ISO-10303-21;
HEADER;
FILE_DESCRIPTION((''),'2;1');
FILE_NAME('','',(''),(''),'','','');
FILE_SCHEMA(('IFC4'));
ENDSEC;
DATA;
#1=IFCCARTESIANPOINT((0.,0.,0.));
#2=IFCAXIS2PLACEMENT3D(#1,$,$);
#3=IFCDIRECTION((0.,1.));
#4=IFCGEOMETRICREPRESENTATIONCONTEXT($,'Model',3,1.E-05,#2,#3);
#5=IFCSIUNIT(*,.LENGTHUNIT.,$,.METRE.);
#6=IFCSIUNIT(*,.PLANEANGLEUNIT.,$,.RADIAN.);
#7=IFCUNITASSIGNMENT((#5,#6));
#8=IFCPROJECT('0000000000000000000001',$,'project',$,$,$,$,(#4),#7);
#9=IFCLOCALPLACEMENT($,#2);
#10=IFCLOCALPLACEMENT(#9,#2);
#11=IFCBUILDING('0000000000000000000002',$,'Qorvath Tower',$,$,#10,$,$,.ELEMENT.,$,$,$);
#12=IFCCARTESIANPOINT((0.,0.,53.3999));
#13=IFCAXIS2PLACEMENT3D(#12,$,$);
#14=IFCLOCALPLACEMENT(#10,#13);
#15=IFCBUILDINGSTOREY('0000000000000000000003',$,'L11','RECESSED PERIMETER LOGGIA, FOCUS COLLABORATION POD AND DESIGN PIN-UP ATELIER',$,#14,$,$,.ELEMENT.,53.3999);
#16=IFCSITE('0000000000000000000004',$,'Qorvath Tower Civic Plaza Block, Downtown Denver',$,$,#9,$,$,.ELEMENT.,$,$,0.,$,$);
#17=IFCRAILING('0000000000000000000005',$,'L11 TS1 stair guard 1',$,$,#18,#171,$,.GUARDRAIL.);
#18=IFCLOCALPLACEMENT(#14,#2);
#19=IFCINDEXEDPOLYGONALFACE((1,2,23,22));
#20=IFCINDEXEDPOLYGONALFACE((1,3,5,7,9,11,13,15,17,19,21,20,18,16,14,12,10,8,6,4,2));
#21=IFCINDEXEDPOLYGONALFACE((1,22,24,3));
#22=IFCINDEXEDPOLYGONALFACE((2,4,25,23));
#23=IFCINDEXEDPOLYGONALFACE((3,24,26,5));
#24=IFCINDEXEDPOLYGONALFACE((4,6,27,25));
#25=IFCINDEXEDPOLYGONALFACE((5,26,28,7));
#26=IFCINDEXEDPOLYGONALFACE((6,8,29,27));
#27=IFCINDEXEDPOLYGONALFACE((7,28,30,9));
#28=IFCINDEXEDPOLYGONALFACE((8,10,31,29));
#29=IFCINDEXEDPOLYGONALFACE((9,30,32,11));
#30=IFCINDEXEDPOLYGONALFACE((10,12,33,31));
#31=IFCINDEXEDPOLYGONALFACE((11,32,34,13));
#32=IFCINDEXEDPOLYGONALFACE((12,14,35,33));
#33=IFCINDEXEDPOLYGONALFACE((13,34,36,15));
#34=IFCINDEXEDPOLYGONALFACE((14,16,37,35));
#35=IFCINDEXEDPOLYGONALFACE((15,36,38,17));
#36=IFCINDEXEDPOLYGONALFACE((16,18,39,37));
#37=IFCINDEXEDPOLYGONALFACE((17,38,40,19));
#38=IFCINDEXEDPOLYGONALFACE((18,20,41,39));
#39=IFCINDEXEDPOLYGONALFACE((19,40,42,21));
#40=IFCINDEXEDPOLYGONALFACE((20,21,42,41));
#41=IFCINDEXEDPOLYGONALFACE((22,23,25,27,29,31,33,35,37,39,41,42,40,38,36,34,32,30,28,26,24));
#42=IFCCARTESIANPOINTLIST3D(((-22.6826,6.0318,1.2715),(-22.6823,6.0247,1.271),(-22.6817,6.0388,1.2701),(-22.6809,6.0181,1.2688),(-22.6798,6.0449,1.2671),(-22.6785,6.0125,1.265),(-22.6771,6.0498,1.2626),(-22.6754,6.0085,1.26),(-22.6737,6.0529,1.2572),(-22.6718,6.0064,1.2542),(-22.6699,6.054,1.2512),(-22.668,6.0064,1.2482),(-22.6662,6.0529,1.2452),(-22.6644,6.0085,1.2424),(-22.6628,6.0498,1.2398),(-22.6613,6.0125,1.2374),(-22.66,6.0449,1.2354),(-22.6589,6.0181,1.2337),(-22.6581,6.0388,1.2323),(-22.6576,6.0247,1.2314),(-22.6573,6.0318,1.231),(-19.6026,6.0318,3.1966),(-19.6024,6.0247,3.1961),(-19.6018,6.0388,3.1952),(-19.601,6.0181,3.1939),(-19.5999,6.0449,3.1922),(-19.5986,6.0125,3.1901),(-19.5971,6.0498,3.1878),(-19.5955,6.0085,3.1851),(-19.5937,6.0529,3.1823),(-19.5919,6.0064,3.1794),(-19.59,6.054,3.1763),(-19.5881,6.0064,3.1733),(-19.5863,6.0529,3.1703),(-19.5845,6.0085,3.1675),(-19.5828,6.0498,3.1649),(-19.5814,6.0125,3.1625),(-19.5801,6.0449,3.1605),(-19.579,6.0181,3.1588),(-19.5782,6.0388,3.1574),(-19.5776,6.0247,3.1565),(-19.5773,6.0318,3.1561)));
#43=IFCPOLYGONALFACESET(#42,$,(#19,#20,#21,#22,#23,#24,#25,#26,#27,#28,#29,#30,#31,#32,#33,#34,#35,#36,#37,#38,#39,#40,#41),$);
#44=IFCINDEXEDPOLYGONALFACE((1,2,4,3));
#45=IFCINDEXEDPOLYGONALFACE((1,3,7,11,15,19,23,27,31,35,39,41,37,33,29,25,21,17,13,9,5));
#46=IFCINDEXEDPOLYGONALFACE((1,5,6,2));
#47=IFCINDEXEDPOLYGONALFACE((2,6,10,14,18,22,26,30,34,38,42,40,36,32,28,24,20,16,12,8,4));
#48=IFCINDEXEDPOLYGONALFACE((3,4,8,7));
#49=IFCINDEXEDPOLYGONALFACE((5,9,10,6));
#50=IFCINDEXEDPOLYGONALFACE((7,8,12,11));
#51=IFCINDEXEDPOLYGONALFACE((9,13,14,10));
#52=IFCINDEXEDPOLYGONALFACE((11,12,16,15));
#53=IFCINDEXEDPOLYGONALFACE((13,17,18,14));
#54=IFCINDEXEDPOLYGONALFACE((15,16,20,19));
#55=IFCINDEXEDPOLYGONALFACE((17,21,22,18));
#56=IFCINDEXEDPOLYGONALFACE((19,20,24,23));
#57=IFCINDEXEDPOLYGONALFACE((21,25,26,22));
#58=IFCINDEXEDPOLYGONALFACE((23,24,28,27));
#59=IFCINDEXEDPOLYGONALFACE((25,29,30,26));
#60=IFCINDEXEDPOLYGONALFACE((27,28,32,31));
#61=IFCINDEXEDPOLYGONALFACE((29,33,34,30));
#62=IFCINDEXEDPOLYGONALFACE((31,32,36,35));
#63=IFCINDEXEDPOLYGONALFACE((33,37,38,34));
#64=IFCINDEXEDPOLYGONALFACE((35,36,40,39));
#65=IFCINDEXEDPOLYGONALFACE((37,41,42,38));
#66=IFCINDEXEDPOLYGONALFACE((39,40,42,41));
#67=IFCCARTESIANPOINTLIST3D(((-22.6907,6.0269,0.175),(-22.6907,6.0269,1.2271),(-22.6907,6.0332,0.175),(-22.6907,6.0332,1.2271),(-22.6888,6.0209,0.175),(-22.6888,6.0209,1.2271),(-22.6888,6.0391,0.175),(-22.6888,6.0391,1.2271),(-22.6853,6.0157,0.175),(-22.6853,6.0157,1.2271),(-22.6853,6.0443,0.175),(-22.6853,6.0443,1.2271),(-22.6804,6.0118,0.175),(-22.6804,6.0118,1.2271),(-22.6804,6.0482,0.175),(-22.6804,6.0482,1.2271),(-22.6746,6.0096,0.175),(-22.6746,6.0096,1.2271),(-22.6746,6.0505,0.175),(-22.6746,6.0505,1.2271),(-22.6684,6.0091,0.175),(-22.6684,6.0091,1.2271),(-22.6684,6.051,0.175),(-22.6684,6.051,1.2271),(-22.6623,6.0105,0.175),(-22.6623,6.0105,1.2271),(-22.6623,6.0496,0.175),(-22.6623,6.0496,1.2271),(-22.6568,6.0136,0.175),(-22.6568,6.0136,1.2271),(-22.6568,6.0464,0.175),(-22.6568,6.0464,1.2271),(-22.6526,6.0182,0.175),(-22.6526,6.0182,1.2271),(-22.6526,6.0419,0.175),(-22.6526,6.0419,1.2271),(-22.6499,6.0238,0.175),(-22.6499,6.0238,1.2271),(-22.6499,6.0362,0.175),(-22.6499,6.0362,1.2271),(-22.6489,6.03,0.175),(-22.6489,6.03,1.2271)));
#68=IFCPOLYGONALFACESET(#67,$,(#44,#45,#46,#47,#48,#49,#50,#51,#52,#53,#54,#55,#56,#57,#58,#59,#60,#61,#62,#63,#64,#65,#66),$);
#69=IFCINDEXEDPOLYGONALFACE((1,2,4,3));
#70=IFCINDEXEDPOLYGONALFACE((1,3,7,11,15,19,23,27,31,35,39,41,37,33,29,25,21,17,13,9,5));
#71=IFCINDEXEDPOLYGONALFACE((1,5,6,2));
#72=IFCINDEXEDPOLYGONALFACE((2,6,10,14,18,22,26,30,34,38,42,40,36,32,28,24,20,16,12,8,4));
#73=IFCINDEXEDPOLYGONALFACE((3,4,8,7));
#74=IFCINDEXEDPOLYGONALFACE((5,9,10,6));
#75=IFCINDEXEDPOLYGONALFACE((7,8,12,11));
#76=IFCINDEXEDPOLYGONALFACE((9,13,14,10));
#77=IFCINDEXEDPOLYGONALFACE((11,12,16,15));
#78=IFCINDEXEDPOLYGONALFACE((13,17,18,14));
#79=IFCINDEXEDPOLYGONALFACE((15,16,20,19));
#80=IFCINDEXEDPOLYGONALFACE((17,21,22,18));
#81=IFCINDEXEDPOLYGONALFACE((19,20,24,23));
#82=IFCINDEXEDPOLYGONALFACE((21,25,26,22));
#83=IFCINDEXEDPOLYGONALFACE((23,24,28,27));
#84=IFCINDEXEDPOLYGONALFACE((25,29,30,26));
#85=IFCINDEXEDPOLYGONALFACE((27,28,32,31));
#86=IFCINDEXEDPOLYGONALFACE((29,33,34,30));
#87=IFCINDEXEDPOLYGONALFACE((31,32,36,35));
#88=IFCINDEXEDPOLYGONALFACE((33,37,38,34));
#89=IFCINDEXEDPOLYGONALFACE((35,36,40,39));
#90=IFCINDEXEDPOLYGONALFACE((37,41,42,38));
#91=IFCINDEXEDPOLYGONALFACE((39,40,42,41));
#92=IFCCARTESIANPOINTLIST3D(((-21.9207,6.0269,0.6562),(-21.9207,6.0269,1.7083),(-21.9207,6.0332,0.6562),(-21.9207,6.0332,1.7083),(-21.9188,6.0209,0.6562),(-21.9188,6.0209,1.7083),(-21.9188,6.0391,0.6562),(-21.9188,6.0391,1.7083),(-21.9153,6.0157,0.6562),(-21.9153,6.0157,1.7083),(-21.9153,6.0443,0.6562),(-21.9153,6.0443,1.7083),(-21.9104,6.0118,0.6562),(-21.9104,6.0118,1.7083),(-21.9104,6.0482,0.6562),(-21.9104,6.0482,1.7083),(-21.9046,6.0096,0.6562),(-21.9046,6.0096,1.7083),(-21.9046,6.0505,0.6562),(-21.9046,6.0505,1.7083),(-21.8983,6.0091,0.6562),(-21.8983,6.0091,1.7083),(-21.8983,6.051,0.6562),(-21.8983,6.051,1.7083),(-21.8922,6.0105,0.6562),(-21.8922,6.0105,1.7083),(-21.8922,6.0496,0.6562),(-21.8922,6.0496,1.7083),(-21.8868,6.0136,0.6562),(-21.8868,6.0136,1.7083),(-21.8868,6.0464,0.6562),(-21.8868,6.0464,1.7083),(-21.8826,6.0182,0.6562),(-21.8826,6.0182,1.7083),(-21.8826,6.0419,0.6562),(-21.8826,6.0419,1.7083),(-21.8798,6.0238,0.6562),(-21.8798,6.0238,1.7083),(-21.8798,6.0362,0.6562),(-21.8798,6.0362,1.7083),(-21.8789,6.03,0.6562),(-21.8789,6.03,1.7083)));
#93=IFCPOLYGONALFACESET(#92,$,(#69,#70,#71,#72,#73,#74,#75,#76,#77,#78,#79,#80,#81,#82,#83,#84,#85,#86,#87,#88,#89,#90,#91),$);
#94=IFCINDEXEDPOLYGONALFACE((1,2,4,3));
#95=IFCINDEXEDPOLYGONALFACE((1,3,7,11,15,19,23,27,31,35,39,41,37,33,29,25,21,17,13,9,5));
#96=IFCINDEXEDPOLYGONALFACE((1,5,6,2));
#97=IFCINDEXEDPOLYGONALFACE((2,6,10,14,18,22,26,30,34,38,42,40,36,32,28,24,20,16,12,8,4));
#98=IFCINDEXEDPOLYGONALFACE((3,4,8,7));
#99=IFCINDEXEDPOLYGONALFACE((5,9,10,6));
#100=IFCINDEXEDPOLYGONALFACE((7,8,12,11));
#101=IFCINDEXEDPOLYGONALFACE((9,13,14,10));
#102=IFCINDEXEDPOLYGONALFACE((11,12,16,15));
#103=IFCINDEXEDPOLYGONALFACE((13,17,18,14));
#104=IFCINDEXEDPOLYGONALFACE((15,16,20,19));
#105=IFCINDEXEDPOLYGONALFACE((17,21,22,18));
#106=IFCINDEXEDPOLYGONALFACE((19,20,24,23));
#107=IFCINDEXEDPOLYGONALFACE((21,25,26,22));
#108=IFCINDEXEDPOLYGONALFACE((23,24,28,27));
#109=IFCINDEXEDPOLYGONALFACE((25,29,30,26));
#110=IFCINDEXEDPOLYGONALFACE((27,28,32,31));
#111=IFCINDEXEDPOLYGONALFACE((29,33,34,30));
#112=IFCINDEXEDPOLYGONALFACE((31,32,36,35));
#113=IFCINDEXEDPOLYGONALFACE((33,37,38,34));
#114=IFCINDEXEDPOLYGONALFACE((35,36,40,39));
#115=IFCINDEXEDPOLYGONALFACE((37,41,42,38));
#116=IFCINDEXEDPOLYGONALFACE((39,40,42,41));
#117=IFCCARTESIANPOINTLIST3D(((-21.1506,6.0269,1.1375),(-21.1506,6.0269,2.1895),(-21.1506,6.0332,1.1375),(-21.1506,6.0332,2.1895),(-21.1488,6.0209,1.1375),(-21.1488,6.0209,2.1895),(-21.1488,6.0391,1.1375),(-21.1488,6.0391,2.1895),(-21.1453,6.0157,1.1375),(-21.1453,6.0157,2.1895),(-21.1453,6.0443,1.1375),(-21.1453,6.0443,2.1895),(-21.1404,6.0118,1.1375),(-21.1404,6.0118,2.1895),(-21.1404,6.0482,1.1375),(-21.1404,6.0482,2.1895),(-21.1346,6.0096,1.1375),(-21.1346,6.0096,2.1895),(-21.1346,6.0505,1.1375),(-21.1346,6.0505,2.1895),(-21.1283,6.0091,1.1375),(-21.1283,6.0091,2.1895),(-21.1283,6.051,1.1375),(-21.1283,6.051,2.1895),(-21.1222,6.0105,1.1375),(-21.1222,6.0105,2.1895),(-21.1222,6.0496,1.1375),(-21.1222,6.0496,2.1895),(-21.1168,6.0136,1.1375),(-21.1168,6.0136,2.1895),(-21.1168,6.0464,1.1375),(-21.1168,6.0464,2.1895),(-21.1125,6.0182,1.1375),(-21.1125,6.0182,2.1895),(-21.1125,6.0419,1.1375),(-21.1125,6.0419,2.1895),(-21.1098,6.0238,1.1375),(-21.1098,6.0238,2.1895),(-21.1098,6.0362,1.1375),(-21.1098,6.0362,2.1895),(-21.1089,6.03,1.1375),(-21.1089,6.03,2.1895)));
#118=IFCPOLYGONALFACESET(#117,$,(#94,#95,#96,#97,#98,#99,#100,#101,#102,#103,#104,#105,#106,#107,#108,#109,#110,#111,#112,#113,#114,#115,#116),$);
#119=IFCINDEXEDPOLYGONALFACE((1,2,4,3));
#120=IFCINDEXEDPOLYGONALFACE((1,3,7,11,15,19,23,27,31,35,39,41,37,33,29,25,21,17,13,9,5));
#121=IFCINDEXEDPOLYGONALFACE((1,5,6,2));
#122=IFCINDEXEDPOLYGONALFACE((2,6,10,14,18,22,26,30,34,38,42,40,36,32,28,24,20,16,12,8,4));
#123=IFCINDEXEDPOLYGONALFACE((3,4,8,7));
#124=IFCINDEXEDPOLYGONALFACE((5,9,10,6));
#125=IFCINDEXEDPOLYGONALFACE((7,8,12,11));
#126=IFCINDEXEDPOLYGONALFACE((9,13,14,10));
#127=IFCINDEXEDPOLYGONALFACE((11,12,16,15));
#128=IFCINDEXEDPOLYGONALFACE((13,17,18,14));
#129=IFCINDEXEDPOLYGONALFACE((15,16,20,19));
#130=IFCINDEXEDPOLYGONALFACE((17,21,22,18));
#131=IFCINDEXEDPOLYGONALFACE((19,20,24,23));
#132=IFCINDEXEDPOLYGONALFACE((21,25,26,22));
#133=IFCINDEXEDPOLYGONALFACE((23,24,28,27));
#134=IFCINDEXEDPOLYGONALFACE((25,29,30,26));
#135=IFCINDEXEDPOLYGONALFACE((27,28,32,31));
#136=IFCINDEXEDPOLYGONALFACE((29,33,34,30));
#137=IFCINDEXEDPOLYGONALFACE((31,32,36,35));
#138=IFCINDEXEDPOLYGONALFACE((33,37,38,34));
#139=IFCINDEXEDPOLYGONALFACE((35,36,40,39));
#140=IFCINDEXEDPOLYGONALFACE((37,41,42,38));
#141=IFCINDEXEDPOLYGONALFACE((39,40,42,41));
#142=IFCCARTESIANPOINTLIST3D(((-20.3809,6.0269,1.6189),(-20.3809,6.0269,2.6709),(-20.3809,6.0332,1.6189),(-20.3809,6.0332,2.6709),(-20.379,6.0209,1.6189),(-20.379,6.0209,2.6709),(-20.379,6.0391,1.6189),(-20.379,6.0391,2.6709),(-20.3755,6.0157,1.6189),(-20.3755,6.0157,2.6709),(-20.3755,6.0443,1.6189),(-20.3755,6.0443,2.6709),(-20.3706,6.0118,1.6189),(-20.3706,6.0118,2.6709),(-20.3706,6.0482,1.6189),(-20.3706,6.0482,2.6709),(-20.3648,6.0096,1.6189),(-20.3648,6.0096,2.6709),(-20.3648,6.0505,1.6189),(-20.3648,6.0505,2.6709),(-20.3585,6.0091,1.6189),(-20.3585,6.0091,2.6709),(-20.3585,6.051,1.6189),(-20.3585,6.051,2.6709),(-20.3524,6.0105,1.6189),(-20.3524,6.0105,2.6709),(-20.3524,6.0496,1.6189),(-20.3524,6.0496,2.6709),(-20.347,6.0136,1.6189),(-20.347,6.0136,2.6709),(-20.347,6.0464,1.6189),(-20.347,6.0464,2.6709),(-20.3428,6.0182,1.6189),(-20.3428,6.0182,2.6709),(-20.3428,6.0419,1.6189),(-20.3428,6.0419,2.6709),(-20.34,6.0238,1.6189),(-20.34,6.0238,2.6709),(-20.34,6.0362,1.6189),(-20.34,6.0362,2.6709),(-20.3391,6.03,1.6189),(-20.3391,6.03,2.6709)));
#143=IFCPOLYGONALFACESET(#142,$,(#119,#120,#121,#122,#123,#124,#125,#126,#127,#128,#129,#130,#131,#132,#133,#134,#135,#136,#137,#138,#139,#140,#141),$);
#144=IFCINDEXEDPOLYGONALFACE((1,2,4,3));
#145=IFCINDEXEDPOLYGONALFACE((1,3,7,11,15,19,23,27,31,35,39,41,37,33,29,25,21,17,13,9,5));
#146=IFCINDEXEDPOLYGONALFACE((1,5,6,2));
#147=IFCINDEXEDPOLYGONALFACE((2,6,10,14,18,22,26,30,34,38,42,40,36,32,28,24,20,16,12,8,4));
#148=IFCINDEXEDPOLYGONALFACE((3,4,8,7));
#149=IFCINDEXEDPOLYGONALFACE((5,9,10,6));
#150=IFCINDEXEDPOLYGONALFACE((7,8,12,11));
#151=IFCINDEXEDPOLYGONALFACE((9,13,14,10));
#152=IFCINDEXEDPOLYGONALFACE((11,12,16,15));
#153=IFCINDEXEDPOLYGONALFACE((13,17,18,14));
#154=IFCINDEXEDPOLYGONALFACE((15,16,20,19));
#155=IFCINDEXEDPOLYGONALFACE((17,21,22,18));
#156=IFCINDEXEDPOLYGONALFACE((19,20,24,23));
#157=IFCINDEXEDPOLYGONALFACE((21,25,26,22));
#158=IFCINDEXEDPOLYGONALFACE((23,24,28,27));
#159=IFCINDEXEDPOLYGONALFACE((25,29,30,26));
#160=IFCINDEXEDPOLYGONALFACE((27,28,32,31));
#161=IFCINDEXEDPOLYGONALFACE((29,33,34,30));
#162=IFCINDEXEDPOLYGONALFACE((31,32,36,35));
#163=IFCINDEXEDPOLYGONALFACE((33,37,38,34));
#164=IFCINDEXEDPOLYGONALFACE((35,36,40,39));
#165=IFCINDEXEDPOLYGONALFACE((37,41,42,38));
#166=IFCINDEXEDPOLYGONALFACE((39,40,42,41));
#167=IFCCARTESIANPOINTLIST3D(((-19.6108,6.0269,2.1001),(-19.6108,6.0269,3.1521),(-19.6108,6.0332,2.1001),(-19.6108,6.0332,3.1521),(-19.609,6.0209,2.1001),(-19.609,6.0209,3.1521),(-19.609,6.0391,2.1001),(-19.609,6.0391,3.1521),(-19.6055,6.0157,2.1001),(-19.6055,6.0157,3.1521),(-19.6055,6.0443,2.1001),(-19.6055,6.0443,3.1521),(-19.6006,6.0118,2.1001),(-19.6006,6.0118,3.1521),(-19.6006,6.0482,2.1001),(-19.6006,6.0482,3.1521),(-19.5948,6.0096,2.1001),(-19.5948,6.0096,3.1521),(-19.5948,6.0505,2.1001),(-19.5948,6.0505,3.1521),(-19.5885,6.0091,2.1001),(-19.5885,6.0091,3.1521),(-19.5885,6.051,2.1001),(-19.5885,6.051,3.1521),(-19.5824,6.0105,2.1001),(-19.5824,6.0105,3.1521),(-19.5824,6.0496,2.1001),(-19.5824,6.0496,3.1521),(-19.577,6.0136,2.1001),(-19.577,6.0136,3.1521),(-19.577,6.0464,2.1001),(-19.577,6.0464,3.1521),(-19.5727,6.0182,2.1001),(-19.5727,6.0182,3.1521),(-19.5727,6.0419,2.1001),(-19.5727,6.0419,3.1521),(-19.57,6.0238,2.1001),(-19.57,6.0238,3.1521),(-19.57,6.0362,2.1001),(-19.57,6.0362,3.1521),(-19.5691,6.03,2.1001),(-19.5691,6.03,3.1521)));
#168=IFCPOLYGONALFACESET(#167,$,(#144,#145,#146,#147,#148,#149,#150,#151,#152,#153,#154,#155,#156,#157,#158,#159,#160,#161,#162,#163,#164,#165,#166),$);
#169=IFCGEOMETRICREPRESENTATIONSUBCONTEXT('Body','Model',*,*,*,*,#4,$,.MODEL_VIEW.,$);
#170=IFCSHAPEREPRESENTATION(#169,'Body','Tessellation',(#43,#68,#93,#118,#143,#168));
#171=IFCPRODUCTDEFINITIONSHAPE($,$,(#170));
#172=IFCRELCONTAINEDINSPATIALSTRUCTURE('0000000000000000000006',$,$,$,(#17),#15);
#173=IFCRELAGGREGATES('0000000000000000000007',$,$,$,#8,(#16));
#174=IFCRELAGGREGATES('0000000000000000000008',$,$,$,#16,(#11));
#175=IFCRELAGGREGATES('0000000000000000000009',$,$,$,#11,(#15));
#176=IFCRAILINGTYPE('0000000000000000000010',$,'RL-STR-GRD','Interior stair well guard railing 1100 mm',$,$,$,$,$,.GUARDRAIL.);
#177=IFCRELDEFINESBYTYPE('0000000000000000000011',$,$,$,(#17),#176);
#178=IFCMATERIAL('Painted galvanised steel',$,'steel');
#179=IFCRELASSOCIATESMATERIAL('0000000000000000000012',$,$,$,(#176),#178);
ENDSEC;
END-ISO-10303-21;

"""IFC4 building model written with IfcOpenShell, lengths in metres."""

from ifc_helpers import new_model, si_unit, direction, frame, origin, origin_2d, place, context, subcontext, project, spatial, circle, extrude, material, type_object, element, save


model = new_model("IFC4")

# Units and contexts
model_context = context("Model", 3, precision=1e-05, world=origin(), true_north=direction((0.0, 1.0)))
body_context = subcontext(model_context, "Body", "Model", "MODEL_VIEW")
ifc_project = project(units=[si_unit("LENGTHUNIT", "METRE"), si_unit("PLANEANGLEUNIT", "RADIAN")], contexts=[model_context])

# Site, building, storey
site_placement = place(None, origin())
site = spatial("IfcSite", under=ifc_project, at=site_placement, Name="Qorvath Tower Civic Plaza Block, Downtown Denver", CompositionType="ELEMENT", RefElevation=0.0)
building_placement = place(site_placement, origin())
building = spatial("IfcBuilding", under=site, at=building_placement, Name="Qorvath Tower", CompositionType="ELEMENT")
storey_placement = place(building_placement, frame((0.0, 0.0, 53.3999)))
storey = spatial("IfcBuildingStorey", under=building, at=storey_placement, Name="L11", Description="RECESSED PERIMETER LOGGIA, FOCUS COLLABORATION POD AND DESIGN PIN-UP ATELIER", CompositionType="ELEMENT", Elevation=53.3999)

# Railing
ifc_material_1 = material(Name="Painted galvanised steel", Category="steel")
railing_type_1 = type_object("IfcRailingType", Name="RL-STR-GRD", Description="Interior stair well guard railing 1100 mm", PredefinedType="GUARDRAIL", material=ifc_material_1)
railing_1_placement = place(storey_placement, frame((-22.6699, 6.03, 0.175)))
element("IfcRailing", 1, at=railing_1_placement, inside=storey, type_object=railing_type_1, Name="L11 TS1 stair guard 1", PredefinedType="GUARDRAIL", context=body_context, shape_type="SweptSolid", body=[
    extrude(circle(Radius=0.0239, at=origin_2d()), frame((0.0, 0.0, 1.0762), z_axis=(0.847979, 0.0, 0.530029), x_axis=(0.0, 1.0, 0.0)), (0.0, 0.0, 1.0), 3.6321),
    extrude(circle(Radius=0.021, at=origin_2d()), origin(), (0.0, 0.0, 1.0), 1.052),
    extrude(circle(Radius=0.021, at=origin_2d()), frame((0.77, 0.0, 0.4812)), (0.0, 0.0, 1.0), 1.052),
    extrude(circle(Radius=0.021, at=origin_2d()), frame((1.54, 0.0, 0.9624)), (0.0, 0.0, 1.0), 1.052),
    extrude(circle(Radius=0.021, at=origin_2d()), frame((2.3098, 0.0, 1.4438)), (0.0, 0.0, 1.0), 1.052),
    extrude(circle(Radius=0.021, at=origin_2d()), frame((3.0798, 0.0, 1.925)), (0.0, 0.0, 1.0), 1.052),
])

save(model, "model.ifc")
